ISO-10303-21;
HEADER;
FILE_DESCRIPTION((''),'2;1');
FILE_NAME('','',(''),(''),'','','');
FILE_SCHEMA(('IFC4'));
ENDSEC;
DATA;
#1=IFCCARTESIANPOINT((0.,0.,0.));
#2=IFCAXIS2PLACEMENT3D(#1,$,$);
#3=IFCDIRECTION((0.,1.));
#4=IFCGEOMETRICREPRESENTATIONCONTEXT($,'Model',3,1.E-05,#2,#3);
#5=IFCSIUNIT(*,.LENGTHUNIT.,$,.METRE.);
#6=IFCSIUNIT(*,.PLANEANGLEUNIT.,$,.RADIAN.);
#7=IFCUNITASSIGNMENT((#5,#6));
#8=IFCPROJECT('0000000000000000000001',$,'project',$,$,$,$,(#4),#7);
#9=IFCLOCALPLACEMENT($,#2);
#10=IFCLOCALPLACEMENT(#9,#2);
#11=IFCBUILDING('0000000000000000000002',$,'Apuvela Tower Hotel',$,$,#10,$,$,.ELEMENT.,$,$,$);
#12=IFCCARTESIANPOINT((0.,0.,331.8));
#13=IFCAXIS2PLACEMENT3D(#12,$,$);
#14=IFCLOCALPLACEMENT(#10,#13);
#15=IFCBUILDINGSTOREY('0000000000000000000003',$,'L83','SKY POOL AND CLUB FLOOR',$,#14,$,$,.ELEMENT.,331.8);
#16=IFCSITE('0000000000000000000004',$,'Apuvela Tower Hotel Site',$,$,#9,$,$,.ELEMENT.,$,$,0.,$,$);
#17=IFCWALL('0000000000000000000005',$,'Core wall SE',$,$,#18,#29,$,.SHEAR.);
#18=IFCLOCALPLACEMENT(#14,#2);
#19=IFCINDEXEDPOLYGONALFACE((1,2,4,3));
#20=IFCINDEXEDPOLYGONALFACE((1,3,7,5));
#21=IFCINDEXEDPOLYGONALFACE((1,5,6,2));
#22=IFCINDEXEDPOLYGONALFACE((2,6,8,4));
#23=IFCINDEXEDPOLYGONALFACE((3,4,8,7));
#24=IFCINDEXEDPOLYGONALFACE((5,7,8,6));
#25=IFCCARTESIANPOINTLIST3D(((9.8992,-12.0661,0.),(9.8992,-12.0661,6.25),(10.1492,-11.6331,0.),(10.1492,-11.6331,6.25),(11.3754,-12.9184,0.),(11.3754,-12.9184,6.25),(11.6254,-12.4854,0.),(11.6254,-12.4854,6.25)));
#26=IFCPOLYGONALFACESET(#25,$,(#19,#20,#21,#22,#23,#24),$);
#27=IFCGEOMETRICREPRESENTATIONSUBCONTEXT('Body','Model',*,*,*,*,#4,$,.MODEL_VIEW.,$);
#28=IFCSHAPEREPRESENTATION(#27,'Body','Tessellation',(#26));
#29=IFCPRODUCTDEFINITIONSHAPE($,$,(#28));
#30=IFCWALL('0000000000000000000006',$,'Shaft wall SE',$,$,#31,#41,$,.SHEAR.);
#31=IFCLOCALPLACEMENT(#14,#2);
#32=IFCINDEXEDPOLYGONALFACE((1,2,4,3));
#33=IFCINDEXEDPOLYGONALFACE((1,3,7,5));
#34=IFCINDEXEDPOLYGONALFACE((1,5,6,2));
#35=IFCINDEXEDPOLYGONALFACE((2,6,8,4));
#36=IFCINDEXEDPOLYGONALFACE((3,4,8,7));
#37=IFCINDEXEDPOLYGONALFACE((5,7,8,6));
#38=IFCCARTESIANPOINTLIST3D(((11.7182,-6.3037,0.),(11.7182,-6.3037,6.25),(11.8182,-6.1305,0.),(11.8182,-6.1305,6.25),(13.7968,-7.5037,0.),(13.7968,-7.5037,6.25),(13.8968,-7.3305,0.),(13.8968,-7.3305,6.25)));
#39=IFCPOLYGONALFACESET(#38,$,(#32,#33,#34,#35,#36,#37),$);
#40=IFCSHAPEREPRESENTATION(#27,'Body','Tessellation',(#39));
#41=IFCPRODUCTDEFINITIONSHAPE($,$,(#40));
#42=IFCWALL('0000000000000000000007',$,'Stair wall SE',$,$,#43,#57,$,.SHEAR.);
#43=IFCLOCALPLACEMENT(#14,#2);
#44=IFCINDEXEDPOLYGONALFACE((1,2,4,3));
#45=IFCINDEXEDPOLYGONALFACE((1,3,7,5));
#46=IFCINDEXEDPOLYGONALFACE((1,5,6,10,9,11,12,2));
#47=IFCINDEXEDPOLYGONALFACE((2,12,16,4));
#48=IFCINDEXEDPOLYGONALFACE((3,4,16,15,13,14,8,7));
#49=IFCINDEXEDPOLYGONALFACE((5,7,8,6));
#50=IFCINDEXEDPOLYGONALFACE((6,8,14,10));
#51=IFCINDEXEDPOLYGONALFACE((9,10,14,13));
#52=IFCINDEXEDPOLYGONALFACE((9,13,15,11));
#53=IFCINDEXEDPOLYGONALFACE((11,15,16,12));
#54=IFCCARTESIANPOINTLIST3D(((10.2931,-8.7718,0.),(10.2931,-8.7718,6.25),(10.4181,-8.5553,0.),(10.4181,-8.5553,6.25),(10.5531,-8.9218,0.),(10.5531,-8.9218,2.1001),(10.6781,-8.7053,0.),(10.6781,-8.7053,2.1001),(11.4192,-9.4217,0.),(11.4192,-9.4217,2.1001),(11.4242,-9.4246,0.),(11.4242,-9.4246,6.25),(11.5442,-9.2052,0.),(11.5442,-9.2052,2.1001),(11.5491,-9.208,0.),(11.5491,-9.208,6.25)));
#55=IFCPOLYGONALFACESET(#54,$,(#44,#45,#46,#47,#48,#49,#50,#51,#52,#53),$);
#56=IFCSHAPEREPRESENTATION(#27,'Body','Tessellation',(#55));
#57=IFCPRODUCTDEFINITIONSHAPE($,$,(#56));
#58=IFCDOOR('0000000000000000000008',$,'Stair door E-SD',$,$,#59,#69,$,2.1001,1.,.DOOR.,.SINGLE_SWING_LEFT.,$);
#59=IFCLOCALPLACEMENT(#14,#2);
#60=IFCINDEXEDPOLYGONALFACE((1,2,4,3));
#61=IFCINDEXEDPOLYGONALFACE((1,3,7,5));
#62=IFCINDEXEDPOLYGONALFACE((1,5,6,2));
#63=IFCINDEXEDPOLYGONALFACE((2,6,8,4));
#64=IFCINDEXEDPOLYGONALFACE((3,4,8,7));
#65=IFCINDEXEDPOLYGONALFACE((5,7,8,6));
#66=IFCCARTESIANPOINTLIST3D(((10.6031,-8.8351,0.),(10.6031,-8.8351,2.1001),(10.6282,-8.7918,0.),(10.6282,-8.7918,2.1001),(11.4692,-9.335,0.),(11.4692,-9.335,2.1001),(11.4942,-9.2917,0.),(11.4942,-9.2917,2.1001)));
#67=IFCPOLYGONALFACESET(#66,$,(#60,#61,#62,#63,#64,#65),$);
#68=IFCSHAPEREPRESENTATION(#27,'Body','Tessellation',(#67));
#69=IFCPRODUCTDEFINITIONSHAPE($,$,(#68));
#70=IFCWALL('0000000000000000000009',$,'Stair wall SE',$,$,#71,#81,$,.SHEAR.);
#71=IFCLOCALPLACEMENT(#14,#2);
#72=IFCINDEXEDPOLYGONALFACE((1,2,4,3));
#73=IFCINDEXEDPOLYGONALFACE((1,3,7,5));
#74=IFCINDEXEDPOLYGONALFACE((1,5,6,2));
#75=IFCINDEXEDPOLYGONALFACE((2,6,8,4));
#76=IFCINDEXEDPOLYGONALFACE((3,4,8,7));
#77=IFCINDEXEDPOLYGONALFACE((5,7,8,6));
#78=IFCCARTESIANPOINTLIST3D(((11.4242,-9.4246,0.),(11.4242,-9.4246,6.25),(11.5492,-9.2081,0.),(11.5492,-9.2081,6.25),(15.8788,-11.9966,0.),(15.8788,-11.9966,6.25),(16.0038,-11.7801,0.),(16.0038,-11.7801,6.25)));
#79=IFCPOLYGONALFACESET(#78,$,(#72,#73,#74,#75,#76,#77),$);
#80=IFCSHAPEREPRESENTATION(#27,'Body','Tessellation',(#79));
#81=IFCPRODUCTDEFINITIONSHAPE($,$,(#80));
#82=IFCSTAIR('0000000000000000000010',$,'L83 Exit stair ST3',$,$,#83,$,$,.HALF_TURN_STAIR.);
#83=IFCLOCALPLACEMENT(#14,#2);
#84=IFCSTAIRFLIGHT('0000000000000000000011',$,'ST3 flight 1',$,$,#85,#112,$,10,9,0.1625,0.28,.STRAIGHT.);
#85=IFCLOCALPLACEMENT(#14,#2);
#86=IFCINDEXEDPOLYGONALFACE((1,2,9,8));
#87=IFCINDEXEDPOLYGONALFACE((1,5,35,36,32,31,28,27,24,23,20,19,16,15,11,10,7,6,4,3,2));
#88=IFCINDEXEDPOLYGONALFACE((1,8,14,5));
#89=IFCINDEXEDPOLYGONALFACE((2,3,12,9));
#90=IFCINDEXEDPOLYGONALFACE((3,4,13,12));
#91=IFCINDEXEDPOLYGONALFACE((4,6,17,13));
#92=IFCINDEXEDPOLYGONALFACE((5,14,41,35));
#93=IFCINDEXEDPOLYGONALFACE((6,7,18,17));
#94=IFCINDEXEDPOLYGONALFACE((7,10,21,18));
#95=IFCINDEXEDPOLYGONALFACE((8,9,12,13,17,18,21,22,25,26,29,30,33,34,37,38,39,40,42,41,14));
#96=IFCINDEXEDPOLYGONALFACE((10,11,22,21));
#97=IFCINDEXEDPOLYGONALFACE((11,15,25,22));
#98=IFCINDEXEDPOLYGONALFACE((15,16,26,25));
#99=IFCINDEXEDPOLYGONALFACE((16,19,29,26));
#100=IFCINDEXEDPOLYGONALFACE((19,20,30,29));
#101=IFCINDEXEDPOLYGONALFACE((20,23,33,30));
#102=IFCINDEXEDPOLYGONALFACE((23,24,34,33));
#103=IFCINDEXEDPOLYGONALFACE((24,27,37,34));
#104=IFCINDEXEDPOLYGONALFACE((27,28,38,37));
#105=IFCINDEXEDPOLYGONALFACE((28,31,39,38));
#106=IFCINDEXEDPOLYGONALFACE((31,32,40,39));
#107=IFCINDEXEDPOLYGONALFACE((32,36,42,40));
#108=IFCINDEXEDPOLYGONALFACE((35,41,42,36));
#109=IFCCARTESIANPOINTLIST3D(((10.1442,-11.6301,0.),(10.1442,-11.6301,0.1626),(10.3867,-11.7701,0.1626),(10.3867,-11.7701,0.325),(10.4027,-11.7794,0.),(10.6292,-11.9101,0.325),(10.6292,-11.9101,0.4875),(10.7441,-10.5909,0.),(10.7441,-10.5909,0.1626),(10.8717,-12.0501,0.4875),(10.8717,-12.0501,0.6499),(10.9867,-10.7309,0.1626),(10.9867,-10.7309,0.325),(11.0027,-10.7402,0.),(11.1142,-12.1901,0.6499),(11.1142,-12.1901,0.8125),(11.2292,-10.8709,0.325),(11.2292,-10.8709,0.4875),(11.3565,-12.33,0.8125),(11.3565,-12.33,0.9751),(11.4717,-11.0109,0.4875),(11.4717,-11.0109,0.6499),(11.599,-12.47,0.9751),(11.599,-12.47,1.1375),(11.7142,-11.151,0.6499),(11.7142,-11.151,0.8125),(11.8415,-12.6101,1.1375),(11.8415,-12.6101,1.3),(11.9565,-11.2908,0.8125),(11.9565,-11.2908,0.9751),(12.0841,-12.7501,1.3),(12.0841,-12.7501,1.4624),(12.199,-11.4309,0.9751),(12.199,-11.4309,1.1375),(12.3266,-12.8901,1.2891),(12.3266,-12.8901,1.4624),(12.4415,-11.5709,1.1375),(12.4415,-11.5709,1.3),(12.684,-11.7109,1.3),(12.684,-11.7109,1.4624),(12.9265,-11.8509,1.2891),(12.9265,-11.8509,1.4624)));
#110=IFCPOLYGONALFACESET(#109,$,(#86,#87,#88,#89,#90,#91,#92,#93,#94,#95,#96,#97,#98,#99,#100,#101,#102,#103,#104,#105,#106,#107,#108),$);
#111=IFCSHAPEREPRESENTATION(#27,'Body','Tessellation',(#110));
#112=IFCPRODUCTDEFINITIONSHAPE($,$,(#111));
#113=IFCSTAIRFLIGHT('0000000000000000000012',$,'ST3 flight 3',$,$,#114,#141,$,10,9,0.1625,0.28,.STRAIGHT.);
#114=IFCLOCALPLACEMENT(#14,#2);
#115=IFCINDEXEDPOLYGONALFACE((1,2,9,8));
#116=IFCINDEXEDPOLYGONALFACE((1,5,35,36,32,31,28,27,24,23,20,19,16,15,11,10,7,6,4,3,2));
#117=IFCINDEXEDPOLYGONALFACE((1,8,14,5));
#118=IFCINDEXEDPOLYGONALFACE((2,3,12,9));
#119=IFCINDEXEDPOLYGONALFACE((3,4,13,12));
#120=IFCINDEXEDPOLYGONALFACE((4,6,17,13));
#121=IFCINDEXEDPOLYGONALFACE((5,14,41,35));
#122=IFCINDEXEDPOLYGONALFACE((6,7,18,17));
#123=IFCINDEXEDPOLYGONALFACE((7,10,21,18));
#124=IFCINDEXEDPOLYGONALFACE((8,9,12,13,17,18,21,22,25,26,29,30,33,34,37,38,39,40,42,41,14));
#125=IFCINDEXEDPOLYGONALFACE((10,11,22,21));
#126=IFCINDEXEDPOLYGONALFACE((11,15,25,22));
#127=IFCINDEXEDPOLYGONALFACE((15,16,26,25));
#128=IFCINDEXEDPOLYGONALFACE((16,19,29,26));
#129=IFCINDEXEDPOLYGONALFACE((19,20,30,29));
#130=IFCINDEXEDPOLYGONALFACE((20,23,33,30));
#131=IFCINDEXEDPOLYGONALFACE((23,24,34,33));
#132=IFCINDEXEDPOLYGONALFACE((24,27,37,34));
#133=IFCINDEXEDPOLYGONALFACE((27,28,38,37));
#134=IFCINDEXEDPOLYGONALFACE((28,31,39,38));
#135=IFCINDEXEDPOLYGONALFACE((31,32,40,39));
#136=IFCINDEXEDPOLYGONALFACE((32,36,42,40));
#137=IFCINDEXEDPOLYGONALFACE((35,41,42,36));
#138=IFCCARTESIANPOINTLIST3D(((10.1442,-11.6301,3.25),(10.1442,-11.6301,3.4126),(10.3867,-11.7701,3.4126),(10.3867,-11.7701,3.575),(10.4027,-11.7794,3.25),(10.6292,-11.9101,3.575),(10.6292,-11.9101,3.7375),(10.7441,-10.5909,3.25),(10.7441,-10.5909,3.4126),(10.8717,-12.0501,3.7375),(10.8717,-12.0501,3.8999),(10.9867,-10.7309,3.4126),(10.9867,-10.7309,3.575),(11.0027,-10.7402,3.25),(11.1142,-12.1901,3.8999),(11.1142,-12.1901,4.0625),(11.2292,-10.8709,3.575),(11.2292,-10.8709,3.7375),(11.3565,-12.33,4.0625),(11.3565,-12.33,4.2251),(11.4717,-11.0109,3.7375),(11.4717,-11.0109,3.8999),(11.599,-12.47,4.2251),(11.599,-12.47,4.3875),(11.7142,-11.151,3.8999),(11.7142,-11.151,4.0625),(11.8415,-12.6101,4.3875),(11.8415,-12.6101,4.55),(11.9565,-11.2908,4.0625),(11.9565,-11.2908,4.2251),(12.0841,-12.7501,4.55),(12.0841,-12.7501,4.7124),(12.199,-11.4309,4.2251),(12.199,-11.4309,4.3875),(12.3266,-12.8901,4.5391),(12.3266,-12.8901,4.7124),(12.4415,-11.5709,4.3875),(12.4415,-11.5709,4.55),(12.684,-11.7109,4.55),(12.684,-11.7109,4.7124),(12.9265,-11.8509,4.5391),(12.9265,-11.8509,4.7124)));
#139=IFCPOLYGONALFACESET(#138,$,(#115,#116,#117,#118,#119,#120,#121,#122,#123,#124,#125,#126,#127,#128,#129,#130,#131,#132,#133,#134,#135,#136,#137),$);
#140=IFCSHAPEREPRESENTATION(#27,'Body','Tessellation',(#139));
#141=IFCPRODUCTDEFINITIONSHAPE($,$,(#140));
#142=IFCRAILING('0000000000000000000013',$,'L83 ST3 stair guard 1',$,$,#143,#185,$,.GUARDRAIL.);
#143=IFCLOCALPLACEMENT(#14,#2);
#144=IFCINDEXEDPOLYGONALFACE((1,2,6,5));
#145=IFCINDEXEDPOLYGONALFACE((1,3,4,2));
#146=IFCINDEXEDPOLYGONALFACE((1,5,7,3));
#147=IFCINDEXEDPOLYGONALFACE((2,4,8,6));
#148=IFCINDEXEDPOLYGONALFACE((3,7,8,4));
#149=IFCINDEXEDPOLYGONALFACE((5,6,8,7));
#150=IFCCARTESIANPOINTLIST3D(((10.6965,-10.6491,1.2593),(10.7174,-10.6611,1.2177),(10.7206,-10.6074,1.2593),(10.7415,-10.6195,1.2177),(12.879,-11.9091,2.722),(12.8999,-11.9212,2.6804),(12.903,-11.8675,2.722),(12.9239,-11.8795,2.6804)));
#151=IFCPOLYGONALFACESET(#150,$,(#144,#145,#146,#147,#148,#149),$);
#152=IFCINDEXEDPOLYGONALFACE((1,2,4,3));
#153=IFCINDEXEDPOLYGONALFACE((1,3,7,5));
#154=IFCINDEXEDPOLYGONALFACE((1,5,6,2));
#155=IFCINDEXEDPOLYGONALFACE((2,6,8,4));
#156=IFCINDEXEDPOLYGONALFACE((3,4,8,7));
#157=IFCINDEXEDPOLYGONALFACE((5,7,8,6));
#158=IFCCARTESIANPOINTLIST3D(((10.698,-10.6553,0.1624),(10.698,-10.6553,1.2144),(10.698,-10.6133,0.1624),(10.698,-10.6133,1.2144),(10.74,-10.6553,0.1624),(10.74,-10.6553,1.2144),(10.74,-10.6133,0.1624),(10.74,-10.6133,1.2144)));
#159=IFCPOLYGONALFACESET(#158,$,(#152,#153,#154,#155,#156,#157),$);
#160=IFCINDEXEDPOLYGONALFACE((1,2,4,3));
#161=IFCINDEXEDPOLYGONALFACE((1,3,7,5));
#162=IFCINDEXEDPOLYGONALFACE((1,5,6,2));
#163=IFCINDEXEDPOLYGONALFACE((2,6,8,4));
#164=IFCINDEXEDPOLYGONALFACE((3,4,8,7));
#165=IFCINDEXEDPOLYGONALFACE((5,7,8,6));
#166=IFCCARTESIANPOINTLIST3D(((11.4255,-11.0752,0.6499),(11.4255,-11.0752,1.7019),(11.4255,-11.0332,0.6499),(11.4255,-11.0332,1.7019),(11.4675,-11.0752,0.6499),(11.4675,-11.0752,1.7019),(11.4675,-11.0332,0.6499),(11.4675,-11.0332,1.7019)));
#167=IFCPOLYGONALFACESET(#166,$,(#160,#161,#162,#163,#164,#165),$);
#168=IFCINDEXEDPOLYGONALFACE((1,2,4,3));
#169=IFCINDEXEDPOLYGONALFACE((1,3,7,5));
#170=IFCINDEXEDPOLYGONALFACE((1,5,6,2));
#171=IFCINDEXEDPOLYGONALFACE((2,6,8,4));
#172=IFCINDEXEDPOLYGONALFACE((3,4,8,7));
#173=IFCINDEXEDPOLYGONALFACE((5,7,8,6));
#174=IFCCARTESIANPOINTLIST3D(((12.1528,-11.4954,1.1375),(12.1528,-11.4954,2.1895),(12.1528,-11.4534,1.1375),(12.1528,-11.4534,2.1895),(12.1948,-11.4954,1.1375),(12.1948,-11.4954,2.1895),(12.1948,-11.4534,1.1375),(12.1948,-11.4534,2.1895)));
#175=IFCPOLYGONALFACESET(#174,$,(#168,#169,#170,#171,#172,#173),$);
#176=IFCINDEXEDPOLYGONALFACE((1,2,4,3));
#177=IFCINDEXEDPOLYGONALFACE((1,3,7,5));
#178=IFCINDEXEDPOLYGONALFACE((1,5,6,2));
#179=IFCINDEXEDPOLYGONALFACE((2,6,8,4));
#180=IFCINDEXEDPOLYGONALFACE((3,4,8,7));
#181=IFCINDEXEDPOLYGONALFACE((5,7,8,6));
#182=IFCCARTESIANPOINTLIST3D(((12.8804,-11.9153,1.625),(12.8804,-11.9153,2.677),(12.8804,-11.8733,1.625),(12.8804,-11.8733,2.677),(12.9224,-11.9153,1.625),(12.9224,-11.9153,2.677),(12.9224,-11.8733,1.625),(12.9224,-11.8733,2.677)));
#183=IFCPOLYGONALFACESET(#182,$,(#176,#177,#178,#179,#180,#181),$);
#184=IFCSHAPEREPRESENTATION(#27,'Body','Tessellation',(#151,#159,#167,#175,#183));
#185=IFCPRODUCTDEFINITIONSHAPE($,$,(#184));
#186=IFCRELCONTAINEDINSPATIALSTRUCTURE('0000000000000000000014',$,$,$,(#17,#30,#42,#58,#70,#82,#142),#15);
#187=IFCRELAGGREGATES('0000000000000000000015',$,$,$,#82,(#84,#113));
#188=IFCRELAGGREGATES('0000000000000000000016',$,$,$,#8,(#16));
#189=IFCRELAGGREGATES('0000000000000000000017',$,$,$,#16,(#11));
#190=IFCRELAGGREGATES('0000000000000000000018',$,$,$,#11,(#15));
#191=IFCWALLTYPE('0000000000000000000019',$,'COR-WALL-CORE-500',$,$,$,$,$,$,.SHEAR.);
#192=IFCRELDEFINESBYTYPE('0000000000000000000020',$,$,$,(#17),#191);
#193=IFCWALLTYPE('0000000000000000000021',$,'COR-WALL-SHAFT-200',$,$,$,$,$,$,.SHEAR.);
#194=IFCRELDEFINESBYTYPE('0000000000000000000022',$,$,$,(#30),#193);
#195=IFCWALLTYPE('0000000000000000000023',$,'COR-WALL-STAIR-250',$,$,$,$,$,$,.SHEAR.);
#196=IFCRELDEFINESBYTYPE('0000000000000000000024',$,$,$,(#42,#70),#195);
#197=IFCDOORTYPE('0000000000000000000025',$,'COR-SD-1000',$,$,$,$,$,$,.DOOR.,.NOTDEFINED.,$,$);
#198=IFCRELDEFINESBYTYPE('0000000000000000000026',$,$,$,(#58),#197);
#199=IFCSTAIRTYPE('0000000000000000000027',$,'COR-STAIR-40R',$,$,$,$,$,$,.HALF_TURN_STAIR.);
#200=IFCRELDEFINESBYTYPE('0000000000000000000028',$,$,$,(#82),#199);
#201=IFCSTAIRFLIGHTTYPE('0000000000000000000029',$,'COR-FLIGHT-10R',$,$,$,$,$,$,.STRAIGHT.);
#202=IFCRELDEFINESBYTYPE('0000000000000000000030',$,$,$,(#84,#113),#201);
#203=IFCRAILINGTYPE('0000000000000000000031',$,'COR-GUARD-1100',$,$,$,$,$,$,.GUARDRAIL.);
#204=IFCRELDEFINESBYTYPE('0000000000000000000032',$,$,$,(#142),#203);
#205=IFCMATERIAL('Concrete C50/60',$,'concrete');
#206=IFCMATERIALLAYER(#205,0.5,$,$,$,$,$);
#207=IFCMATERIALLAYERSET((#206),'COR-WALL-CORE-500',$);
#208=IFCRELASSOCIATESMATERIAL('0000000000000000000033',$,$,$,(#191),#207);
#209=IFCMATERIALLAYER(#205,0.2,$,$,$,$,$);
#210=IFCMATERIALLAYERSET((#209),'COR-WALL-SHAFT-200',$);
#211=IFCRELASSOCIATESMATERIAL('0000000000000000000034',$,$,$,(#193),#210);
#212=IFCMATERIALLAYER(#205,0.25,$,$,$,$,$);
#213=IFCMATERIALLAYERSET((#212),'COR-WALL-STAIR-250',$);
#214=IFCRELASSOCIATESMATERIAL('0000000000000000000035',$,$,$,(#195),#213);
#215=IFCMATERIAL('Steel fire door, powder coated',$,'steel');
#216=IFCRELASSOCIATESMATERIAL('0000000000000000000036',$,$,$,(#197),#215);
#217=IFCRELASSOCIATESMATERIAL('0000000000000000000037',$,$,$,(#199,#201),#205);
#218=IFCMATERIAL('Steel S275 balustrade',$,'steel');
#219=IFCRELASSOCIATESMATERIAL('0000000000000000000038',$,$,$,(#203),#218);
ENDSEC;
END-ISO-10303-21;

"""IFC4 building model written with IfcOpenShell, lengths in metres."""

from ifc_helpers import new_model, si_unit, direction, frame, frame_2d, origin, origin_2d, place, context, subcontext, project, spatial, polyline, rectangle, outline, extrude, material, layer, layer_set, type_object, element, fill, aggregate, save


model = new_model("IFC4")

# Units and contexts
model_context = context("Model", 3, precision=1e-05, world=origin(), true_north=direction((0.0, 1.0)))
body_context = subcontext(model_context, "Body", "Model", "MODEL_VIEW")
ifc_project = project(units=[si_unit("LENGTHUNIT", "METRE"), si_unit("PLANEANGLEUNIT", "RADIAN")], contexts=[model_context])

# Site, building, storey
site_placement = place(None, origin())
site = spatial("IfcSite", under=ifc_project, at=site_placement, Name="Apuvela Tower Hotel Site", CompositionType="ELEMENT", RefElevation=0.0)
building_placement = place(site_placement, origin())
building = spatial("IfcBuilding", under=site, at=building_placement, Name="Apuvela Tower Hotel", CompositionType="ELEMENT")
storey_placement = place(building_placement, frame((0.0, 0.0, 331.8)))
storey = spatial("IfcBuildingStorey", under=building, at=storey_placement, Name="L83", Description="SKY POOL AND CLUB FLOOR", CompositionType="ELEMENT", Elevation=331.8)

# Shared definitions
ifc_material_1 = material(Name="Concrete C50/60", Category="concrete")

# Shared definitions
ifc_material_2 = material(Name="Steel fire door, powder coated", Category="steel")

# Walls
ifc_layer_1 = layer(ifc_material_1, 0.5)
ifc_layer_set_1 = layer_set([ifc_layer_1], Name="COR-WALL-CORE-500")
wall_type_1 = type_object("IfcWallType", Name="COR-WALL-CORE-500", PredefinedType="SHEAR", material=ifc_layer_set_1)
wall_1_placement = place(storey_placement, frame((10.0242, -11.8496, 0.0), z_axis=(0.0, 0.0, 1.0), x_axis=(0.86604, -0.499975, 0.0)))
element("IfcWall", 1, at=wall_1_placement, inside=storey, type_object=wall_type_1, Name="Core wall SE", PredefinedType="SHEAR", context=body_context, shape_type="SweptSolid", body=[
    extrude(rectangle(XDim=1.7046, YDim=0.5, at=frame_2d((0.8523, 0.0))), origin(), (0.0, 0.0, 1.0), 6.25),
])
ifc_layer_2 = layer(ifc_material_1, 0.2)
ifc_layer_set_2 = layer_set([ifc_layer_2], Name="COR-WALL-SHAFT-200")
wall_type_2 = type_object("IfcWallType", Name="COR-WALL-SHAFT-200", PredefinedType="SHEAR", material=ifc_layer_set_2)
wall_2_placement = place(storey_placement, frame((11.7681, -6.217, 0.0), z_axis=(0.0, 0.0, 1.0), x_axis=(0.86605, -0.499957, 0.0)))
element("IfcWall", 2, at=wall_2_placement, inside=storey, type_object=wall_type_2, Name="Shaft wall SE", PredefinedType="SHEAR", context=body_context, shape_type="SweptSolid", body=[
    extrude(rectangle(XDim=2.4001, YDim=0.2, at=frame_2d((1.2002, 0.0))), origin(), (0.0, 0.0, 1.0), 6.25),
])

# Wall, opening, door
ifc_layer_3 = layer(ifc_material_1, 0.25)
ifc_layer_set_3 = layer_set([ifc_layer_3], Name="COR-WALL-STAIR-250")
wall_type_3 = type_object("IfcWallType", Name="COR-WALL-STAIR-250", PredefinedType="SHEAR", material=ifc_layer_set_3)
wall_3_placement = place(storey_placement, frame((10.3557, -8.6636, 0.0), z_axis=(0.0, 0.0, 1.0), x_axis=(0.866095, -0.499879, 0.0)))
wall_3 = element("IfcWall", 3, at=wall_3_placement, inside=storey, type_object=wall_type_3, Name="Stair wall SE", PredefinedType="SHEAR", context=body_context, shape_type="SweptSolid", body=[
    extrude(rectangle(XDim=1.3059, YDim=0.25, at=frame_2d((0.6528, 0.0))), origin(), (0.0, 0.0, 1.0), 6.25),
])
opening_1_placement = place(wall_3_placement, frame((0.3, 0.0, 0.0)))
opening_1 = element("IfcOpeningElement", 4, at=opening_1_placement, cuts=wall_3, PredefinedType="OPENING", context=body_context, shape_type="SweptSolid", body=[
    extrude(rectangle(XDim=1.0, YDim=2.1001, at=frame_2d((0.5, 1.05))), frame((0.0, 0.135, 0.0), z_axis=(0.0, -1.0, 0.0), x_axis=(1.0, 0.0, 0.0)), (0.0, 0.0, 1.0), 0.27),
])
door_type_1 = type_object("IfcDoorType", Name="COR-SD-1000", OperationType="NOTDEFINED", PredefinedType="DOOR", material=ifc_material_2)
door_1_placement = place(opening_1_placement, frame((1.0, 0.0, 0.0), z_axis=(0.0, 0.0, 1.0), x_axis=(-1.0, 0.0, 0.0)))
door_1 = element("IfcDoor", 5, at=door_1_placement, inside=storey, type_object=door_type_1, Name="Stair door E-SD", OperationType="SINGLE_SWING_LEFT", OverallHeight=2.1001, OverallWidth=1.0, PredefinedType="DOOR", context=body_context, shape_type="SweptSolid", body=[
    extrude(rectangle(XDim=1.0, YDim=2.1001, at=frame_2d((0.5, 1.05))), frame((0.0, 0.0249, 0.0), z_axis=(0.0, -1.0, 0.0), x_axis=(1.0, 0.0, 0.0)), (0.0, 0.0, 1.0), 0.05),
])
fill(opening_1, door_1)

# Wall
wall_4_placement = place(storey_placement, frame((11.4868, -9.3164, 0.0), z_axis=(0.0, 0.0, 1.0), x_axis=(0.866012, -0.500024, 0.0)))
element("IfcWall", 6, at=wall_4_placement, inside=storey, type_object=wall_type_3, Name="Stair wall SE", PredefinedType="SHEAR", context=body_context, shape_type="SweptSolid", body=[
    extrude(rectangle(XDim=5.1438, YDim=0.25, at=frame_2d((2.5718, 0.0))), origin(), (0.0, 0.0, 1.0), 6.25),
])

# Stair, stair flights
stair_type = type_object("IfcStairType", Name="COR-STAIR-40R", PredefinedType="HALF_TURN_STAIR", material=ifc_material_1)
stair_placement = place(storey_placement, origin())
stair = element("IfcStair", 7, at=stair_placement, inside=storey, type_object=stair_type, Name="L83 Exit stair ST3", PredefinedType="HALF_TURN_STAIR")
stair_flight_type = type_object("IfcStairFlightType", Name="COR-FLIGHT-10R", PredefinedType="STRAIGHT", material=ifc_material_1)
stair_flight_1_placement = place(storey_placement, frame((10.4441, -11.1106, 0.0), z_axis=(0.0, 0.0, 1.0), x_axis=(0.866025, -0.5, 0.0)))
stair_flight_1 = element("IfcStairFlight", 8, at=stair_flight_1_placement, type_object=stair_flight_type, Name="ST3 flight 1", NumberOfRisers=10, NumberOfTreads=9, PredefinedType="STRAIGHT", RiserHeight=0.1625, TreadLength=0.28, context=body_context, shape_type="SweptSolid", body=[
    extrude(outline(polyline([(0.0, 0.0), (0.0, 0.1626), (0.28, 0.1626), (0.28, 0.325), (0.5601, 0.325), (0.5601, 0.4875), (0.8401, 0.4875), (0.8401, 0.6499), (1.1201, 0.6499), (1.1201, 0.8125), (1.3999, 0.8125), (1.3999, 0.9751), (1.6799, 0.9751), (1.6799, 1.1375), (1.96, 1.1375), (1.96, 1.3), (2.24, 1.3), (2.24, 1.4624), (2.52, 1.4624), (2.52, 1.625), (2.52, 1.2891), (0.2986, 0.0), (0.0, 0.0)])), frame((0.0, 0.6001, 0.0), z_axis=(0.0, -1.0, 0.0), x_axis=(1.0, 0.0, 0.0)), (0.0, 0.0, 1.0), 1.2),
])
stair_flight_2_placement = place(storey_placement, frame((10.4441, -11.1106, 3.25), z_axis=(0.0, 0.0, 1.0), x_axis=(0.866025, -0.5, 0.0)))
stair_flight_2 = element("IfcStairFlight", 9, at=stair_flight_2_placement, type_object=stair_flight_type, Name="ST3 flight 3", NumberOfRisers=10, NumberOfTreads=9, PredefinedType="STRAIGHT", RiserHeight=0.1625, TreadLength=0.28, context=body_context, shape_type="SweptSolid", body=[
    extrude(outline(polyline([(0.0, 0.0), (0.0, 0.1626), (0.28, 0.1626), (0.28, 0.325), (0.5601, 0.325), (0.5601, 0.4875), (0.8401, 0.4875), (0.8401, 0.6499), (1.1201, 0.6499), (1.1201, 0.8125), (1.3999, 0.8125), (1.3999, 0.9751), (1.6799, 0.9751), (1.6799, 1.1375), (1.96, 1.1375), (1.96, 1.3), (2.24, 1.3), (2.24, 1.4624), (2.52, 1.4624), (2.52, 1.625), (2.52, 1.2891), (0.2986, 0.0), (0.0, 0.0)])), frame((0.0, 0.6001, 0.0), z_axis=(0.0, -1.0, 0.0), x_axis=(1.0, 0.0, 0.0)), (0.0, 0.0, 1.0), 1.2),
])
aggregate(stair, [stair_flight_1, stair_flight_2])

# Railing
ifc_material_3 = material(Name="Steel S275 balustrade", Category="steel")
railing_type_1 = type_object("IfcRailingType", Name="COR-GUARD-1100", PredefinedType="GUARDRAIL", material=ifc_material_3)
railing_1_placement = place(storey_placement, frame((10.719, -10.6343, 0.1624)))
element("IfcRailing", 10, at=railing_1_placement, inside=storey, type_object=railing_type_1, Name="L83 ST3 stair guard 1", PredefinedType="GUARDRAIL", context=body_context, shape_type="SweptSolid", body=[
    extrude(rectangle(XDim=0.0481, YDim=0.0481, at=origin_2d()), frame((0.0, 0.0, 1.0762), z_axis=(0.749001, -0.432442, 0.501988), x_axis=(0.500005, 0.866023, 0.0)), (0.0, 0.0, 1.0), 2.9138),
    extrude(rectangle(XDim=0.042, YDim=0.042, at=origin_2d()), origin(), (0.0, 0.0, 1.0), 1.052),
    extrude(rectangle(XDim=0.042, YDim=0.042, at=origin_2d()), frame((0.7275, -0.4199, 0.4875)), (0.0, 0.0, 1.0), 1.052),
    extrude(rectangle(XDim=0.042, YDim=0.042, at=origin_2d()), frame((1.4548, -0.8401, 0.9751)), (0.0, 0.0, 1.0), 1.052),
    extrude(rectangle(XDim=0.042, YDim=0.042, at=origin_2d()), frame((2.1824, -1.26, 1.4626)), (0.0, 0.0, 1.0), 1.052),
])

save(model, "model.ifc")
